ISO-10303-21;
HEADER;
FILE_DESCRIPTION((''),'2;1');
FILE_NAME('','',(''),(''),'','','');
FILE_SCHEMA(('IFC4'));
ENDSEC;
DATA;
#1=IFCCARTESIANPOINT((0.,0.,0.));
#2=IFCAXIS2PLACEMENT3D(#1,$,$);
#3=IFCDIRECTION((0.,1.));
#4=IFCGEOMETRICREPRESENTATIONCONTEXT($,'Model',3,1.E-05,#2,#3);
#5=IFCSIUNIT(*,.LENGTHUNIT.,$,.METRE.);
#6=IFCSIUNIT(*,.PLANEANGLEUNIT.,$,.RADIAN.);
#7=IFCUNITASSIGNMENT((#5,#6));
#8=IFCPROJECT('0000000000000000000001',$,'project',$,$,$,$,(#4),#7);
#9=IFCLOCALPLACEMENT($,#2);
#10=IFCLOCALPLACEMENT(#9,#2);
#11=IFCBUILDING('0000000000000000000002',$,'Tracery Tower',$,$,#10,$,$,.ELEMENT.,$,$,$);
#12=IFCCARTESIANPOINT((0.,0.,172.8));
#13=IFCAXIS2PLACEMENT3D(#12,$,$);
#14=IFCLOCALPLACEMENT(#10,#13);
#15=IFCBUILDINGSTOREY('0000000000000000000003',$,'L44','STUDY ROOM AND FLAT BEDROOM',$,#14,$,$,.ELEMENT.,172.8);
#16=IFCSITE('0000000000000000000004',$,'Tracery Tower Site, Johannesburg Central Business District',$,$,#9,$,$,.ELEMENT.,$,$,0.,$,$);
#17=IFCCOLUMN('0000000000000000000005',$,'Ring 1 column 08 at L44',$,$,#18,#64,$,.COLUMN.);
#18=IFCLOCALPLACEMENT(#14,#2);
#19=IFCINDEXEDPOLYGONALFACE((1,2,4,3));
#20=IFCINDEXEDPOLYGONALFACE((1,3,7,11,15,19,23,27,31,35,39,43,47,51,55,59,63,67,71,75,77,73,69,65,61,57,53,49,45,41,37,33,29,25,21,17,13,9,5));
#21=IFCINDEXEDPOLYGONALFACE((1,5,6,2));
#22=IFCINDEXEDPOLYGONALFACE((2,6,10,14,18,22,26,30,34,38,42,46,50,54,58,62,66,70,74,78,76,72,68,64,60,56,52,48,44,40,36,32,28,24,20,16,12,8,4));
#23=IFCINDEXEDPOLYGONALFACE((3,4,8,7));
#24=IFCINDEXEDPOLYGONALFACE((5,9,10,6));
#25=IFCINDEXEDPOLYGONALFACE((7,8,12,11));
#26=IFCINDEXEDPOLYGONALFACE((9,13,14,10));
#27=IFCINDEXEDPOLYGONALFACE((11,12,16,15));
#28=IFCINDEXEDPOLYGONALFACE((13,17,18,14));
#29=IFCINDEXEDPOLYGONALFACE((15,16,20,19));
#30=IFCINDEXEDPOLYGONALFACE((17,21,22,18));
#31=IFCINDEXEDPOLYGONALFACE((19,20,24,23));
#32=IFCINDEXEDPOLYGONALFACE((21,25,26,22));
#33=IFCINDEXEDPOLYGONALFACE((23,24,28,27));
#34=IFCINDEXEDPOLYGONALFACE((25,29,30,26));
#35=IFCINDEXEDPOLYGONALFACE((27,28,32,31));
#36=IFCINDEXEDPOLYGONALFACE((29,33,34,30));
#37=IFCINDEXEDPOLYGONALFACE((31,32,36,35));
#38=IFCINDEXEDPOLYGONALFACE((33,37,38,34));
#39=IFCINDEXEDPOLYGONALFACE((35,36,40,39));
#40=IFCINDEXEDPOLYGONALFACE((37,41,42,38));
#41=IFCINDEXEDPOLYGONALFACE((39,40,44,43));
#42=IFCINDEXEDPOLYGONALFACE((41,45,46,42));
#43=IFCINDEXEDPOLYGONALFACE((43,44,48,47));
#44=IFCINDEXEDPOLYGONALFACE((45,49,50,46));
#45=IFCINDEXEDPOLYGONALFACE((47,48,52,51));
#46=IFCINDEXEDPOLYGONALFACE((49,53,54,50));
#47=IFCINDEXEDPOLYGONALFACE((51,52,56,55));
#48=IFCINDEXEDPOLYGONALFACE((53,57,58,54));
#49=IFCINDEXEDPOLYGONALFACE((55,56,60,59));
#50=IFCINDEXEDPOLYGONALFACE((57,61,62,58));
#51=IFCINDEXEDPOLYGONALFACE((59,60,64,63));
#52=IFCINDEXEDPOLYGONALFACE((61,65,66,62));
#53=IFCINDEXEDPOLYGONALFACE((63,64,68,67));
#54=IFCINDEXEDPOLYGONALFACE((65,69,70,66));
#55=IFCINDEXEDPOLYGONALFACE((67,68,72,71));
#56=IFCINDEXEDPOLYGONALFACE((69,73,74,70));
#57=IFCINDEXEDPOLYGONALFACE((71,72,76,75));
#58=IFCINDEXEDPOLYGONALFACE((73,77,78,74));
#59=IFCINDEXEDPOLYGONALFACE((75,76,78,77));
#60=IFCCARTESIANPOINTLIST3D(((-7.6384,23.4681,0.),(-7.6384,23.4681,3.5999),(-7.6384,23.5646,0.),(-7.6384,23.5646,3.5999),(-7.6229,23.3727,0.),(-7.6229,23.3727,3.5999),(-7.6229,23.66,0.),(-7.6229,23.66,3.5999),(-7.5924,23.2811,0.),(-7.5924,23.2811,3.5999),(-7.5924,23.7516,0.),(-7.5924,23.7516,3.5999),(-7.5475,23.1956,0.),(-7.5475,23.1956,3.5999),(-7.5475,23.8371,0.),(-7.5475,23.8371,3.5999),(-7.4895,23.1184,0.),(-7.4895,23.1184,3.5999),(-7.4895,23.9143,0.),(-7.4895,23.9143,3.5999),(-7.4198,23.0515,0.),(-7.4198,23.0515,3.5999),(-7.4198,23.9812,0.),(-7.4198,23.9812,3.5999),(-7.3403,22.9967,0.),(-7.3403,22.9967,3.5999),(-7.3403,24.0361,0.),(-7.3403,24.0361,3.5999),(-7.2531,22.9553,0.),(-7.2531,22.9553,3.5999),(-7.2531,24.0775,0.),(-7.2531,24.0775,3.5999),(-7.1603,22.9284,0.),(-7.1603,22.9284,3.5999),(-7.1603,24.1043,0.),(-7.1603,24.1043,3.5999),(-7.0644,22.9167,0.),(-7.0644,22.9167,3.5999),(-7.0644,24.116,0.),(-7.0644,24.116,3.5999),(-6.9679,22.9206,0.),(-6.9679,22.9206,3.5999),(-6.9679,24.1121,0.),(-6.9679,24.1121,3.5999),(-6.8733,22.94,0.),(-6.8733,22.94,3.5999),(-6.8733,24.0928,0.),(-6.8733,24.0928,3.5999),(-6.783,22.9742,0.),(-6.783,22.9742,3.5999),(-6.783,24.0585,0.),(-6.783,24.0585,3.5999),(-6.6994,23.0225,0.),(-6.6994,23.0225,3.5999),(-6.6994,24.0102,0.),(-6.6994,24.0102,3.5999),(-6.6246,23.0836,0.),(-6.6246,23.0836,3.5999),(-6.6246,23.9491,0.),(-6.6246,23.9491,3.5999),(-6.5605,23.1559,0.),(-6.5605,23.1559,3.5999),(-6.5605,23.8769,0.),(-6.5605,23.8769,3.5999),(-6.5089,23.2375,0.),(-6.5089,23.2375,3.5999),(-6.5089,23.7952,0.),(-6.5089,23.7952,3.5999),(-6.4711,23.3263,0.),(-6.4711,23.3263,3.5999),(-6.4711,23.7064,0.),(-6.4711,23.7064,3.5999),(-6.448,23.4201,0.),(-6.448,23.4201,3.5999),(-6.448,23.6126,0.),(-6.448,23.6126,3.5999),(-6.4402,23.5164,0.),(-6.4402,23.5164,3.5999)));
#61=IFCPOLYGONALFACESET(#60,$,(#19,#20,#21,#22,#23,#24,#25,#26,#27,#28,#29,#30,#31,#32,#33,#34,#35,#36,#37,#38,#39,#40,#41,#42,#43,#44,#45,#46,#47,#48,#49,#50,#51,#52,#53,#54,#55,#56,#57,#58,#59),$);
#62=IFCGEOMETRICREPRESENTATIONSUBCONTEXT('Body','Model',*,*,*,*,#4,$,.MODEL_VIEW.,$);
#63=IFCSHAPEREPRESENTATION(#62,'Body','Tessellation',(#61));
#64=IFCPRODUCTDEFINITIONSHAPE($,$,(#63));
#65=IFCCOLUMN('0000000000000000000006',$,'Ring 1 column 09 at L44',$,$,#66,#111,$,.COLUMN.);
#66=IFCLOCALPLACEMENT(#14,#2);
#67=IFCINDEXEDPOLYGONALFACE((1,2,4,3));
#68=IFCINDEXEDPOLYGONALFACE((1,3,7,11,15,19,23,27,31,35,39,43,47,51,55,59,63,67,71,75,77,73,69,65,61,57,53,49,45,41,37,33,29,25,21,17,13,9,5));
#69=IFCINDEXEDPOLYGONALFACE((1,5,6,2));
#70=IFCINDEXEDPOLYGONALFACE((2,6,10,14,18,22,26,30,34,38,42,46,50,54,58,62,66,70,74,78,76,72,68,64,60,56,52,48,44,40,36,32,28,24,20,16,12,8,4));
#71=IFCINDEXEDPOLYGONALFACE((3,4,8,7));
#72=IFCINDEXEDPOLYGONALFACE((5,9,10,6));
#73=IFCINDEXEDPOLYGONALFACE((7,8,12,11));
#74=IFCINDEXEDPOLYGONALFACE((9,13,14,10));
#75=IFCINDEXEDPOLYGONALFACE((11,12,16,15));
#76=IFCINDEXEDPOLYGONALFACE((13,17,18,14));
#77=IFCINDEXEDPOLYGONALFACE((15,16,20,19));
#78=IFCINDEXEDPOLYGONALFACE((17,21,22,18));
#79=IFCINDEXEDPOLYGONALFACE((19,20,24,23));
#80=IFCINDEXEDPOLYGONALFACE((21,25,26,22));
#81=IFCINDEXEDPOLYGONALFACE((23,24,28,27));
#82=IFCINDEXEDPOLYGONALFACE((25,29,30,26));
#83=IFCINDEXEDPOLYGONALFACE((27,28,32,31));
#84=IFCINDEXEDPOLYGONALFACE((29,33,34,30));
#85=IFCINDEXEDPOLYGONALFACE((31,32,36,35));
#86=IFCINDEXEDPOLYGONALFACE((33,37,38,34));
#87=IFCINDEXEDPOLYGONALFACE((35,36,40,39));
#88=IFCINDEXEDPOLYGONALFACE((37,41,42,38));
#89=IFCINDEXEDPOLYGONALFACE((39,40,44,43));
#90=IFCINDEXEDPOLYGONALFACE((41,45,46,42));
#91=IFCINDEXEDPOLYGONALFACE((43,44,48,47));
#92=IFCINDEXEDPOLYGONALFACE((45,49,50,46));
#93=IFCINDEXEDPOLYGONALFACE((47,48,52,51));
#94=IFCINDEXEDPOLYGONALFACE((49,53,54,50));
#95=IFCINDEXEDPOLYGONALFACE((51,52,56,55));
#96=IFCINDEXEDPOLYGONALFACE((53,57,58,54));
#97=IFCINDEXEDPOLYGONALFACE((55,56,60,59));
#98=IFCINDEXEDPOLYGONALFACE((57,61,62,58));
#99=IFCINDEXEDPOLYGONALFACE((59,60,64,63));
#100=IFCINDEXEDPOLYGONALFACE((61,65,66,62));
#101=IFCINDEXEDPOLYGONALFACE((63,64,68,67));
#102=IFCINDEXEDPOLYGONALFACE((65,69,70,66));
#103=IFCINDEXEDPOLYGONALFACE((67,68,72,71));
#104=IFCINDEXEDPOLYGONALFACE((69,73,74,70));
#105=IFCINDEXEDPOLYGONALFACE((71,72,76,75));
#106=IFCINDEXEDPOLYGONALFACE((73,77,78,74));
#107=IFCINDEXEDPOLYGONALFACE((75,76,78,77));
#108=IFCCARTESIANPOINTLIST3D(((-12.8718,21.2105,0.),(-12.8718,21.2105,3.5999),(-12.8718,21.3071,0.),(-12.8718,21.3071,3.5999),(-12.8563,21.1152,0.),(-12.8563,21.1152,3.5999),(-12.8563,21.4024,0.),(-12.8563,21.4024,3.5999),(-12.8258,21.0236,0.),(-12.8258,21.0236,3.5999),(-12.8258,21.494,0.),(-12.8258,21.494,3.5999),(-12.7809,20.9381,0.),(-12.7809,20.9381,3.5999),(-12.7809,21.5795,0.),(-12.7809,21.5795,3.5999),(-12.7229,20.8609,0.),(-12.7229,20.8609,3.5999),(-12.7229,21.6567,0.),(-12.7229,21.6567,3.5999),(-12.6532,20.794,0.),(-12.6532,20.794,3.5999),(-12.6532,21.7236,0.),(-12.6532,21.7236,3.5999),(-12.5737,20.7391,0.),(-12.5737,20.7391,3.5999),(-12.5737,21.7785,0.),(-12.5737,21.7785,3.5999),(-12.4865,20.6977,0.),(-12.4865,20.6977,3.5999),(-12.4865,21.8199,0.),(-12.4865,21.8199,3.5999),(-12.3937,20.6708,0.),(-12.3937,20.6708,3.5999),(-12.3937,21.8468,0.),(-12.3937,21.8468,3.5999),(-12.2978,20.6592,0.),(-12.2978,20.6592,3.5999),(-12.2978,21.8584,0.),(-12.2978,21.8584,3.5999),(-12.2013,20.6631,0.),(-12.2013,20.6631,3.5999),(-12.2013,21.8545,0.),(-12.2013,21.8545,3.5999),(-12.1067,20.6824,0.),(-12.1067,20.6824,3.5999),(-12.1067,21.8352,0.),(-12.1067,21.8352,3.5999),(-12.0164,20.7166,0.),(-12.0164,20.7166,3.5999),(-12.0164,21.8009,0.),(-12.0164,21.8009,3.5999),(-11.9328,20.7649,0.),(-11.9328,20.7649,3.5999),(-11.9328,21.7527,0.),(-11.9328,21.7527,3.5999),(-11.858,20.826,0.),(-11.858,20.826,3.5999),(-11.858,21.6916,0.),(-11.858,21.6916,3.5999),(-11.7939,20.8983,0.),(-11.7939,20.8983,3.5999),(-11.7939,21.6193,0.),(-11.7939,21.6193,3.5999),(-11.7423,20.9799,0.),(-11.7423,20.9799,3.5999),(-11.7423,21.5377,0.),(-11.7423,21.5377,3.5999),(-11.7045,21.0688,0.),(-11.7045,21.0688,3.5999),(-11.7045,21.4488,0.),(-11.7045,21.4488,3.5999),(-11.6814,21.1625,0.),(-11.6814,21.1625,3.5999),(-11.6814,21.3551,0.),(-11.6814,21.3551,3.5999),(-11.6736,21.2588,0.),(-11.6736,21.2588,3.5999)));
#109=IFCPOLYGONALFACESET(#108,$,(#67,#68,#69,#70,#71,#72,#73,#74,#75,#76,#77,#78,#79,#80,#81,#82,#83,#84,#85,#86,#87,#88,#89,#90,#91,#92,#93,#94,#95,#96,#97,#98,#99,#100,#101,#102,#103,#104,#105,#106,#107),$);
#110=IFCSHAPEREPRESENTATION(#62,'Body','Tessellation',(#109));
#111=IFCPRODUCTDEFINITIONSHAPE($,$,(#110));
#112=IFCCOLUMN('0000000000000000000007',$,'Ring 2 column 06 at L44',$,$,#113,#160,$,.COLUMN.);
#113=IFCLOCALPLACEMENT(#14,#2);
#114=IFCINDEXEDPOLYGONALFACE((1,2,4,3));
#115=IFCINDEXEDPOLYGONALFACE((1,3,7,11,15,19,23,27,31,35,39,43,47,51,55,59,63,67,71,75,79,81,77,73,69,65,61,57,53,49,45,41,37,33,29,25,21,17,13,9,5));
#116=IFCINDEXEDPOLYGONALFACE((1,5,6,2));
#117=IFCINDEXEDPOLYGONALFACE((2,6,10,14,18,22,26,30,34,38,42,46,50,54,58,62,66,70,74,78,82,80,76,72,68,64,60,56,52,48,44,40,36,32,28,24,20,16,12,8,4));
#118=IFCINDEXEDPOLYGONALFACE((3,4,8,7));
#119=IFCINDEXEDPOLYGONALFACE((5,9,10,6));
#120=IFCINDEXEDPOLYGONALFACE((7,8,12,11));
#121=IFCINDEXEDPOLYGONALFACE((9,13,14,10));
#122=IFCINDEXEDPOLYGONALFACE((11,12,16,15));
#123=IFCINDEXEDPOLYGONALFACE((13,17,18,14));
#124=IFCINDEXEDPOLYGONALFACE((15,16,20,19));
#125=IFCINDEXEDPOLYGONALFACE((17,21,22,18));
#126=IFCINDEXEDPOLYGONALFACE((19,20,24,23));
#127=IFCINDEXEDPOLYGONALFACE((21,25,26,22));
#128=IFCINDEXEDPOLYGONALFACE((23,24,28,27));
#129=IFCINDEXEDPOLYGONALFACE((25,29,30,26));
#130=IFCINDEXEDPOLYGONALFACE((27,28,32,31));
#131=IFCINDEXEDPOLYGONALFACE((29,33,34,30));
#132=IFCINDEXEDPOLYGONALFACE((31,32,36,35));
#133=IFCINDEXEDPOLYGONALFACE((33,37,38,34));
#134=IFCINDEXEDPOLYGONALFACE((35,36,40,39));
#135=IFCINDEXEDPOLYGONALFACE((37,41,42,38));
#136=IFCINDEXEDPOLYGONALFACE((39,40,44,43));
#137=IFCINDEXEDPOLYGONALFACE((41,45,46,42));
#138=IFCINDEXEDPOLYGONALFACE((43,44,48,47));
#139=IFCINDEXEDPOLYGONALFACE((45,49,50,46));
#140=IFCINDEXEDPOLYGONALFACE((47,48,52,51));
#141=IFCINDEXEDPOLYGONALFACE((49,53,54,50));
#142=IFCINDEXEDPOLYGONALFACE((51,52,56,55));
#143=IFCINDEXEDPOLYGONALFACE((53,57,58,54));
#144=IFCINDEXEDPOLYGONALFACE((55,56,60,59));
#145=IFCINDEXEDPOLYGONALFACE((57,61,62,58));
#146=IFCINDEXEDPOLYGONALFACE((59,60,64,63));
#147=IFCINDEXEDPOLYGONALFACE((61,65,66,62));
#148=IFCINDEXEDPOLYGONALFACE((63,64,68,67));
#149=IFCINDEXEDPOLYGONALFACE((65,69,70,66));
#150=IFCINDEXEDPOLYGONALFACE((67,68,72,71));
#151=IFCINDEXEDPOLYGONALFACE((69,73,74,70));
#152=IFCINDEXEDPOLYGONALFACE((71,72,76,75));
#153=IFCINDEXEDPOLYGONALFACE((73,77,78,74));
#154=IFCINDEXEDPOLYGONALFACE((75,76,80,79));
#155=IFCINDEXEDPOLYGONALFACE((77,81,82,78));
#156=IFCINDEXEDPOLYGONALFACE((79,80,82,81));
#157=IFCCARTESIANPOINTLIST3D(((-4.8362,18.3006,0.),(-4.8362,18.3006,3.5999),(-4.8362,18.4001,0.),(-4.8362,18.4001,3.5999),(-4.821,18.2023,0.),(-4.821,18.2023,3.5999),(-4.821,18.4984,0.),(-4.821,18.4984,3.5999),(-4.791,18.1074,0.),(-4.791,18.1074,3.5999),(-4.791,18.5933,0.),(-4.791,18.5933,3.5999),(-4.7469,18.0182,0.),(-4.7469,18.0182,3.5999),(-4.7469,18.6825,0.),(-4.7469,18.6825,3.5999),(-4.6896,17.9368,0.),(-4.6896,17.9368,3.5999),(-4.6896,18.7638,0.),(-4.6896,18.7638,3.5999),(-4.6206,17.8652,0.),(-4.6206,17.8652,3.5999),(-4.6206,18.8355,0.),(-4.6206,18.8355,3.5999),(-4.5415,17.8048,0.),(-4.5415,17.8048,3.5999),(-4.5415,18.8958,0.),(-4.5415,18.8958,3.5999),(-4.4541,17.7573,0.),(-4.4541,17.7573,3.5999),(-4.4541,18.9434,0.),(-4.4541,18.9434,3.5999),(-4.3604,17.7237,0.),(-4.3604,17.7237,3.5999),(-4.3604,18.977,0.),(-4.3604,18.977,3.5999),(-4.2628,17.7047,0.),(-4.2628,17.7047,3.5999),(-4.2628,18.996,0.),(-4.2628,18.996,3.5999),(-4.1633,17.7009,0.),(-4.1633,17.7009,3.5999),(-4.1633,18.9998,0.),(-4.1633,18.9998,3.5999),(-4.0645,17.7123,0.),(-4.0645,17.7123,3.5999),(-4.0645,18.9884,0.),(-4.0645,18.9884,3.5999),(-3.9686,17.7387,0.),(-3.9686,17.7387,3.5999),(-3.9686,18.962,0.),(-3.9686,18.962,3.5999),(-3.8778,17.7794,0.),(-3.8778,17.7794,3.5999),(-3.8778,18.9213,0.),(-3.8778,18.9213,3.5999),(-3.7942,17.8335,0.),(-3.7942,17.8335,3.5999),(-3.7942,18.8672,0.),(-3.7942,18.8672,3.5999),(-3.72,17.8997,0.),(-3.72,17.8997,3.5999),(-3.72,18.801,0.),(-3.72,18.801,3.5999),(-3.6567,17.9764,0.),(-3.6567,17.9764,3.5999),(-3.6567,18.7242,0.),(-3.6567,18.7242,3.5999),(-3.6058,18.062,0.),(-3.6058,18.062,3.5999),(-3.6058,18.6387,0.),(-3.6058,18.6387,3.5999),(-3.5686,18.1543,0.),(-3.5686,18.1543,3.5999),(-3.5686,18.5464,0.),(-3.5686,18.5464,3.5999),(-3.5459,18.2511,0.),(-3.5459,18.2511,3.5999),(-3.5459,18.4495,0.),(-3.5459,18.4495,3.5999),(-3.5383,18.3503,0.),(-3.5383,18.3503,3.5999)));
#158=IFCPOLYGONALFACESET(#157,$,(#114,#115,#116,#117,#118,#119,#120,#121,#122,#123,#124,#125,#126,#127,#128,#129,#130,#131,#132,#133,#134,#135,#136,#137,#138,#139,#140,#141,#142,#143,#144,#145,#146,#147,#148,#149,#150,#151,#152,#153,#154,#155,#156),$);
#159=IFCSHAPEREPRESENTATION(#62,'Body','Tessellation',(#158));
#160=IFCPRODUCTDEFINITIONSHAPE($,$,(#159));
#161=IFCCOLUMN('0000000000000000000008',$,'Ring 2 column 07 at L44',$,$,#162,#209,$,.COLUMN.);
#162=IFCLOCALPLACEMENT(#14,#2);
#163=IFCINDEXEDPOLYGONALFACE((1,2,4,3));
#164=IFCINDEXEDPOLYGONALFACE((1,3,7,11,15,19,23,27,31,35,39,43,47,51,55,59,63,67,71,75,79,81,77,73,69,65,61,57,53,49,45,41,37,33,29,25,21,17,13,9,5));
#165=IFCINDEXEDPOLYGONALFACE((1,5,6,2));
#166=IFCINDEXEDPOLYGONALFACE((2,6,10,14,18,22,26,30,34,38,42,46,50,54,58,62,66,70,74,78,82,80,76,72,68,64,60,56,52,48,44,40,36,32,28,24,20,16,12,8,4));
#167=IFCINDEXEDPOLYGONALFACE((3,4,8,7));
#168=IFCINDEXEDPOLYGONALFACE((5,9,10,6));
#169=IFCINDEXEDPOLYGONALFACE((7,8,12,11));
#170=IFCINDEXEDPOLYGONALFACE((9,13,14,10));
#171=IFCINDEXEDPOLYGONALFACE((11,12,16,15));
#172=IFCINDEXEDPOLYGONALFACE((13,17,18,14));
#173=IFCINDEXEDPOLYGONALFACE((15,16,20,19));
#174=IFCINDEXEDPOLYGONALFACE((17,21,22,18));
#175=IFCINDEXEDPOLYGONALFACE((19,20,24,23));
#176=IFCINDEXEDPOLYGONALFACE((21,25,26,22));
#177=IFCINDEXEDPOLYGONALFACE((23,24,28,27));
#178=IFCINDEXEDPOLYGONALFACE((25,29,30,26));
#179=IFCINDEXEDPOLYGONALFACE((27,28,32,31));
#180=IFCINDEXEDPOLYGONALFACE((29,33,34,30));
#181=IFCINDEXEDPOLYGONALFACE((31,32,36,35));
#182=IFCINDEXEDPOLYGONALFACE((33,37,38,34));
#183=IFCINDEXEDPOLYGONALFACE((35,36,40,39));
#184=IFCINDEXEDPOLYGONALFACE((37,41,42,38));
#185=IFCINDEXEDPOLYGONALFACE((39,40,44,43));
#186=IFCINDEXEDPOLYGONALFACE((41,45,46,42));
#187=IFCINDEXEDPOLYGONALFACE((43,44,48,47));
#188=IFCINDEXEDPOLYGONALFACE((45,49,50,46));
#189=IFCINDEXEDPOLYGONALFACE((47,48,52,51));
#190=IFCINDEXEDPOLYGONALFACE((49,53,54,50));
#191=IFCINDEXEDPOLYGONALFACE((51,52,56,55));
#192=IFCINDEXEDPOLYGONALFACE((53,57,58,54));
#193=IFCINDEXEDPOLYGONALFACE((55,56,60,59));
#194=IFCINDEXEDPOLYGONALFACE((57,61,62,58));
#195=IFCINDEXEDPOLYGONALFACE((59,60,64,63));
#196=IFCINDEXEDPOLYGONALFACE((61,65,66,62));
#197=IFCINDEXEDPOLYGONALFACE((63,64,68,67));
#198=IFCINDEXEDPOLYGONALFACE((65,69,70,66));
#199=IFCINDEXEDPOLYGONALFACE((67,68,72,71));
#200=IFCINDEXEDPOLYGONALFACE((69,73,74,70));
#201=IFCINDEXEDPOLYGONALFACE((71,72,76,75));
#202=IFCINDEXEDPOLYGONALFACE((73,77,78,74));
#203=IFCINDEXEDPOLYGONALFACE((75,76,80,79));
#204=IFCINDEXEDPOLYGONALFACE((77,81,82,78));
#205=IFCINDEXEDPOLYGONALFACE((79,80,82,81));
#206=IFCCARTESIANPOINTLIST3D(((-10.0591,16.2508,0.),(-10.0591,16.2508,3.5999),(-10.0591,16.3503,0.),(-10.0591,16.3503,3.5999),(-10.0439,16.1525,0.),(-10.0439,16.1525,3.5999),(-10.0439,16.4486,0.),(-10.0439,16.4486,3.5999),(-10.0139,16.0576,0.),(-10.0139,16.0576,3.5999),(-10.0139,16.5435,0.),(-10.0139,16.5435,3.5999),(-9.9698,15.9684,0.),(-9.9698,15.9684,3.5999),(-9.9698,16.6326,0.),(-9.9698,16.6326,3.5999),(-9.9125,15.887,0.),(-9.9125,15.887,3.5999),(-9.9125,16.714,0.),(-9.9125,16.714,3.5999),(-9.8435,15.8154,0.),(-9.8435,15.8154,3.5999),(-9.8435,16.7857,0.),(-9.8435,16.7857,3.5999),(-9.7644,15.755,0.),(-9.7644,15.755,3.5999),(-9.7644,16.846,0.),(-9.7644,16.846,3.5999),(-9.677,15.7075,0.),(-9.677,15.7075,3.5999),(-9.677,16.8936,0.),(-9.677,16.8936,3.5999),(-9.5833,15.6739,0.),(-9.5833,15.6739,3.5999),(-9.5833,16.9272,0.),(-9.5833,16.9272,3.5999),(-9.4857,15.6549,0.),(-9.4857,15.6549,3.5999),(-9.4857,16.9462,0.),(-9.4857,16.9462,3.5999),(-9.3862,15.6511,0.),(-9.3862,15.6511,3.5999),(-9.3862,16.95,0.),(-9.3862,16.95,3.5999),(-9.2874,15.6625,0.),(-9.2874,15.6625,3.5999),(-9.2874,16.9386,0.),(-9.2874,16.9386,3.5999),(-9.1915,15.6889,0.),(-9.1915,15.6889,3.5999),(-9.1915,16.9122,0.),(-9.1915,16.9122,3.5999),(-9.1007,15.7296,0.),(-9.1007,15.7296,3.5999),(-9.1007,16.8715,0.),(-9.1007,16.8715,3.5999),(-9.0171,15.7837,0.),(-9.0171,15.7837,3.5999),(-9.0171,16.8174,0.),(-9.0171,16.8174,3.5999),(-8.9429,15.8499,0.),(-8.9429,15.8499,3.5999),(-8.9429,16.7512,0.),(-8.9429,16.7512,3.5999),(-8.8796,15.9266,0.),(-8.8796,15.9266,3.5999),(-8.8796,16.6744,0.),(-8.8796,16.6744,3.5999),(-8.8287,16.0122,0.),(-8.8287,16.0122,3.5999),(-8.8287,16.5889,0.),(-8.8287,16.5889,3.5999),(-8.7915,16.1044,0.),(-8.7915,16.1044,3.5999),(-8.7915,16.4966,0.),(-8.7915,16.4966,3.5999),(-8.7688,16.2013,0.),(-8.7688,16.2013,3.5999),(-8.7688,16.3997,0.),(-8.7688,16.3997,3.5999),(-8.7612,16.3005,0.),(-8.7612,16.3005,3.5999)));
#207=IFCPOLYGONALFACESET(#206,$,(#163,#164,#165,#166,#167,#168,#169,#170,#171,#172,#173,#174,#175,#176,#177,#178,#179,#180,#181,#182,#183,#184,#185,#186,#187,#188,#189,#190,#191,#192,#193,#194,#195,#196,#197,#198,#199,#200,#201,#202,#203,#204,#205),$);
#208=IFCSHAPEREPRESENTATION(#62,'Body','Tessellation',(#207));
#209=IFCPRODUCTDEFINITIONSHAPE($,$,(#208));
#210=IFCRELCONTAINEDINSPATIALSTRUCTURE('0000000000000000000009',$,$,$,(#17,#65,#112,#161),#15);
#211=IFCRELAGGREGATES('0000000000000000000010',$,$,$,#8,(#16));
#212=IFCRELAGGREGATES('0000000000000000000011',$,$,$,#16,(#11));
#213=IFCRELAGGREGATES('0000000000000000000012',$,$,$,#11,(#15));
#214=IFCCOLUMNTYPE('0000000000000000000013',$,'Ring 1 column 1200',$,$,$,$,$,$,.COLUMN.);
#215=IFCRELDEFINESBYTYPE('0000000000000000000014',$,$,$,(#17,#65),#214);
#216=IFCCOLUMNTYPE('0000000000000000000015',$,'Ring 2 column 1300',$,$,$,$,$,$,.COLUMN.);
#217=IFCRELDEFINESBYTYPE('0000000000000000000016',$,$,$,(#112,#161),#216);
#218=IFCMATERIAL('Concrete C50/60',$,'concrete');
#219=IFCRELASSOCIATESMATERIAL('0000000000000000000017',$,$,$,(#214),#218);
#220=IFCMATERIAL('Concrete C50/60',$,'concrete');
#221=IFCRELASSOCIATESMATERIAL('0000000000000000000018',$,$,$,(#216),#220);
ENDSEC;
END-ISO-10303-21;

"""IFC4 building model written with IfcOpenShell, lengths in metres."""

from ifc_helpers import new_model, si_unit, direction, frame, origin, origin_2d, place, context, subcontext, project, spatial, circle, extrude, material, material_profile, profile_set, type_object, element, save


model = new_model("IFC4")

# Units and contexts
model_context = context("Model", 3, precision=1e-05, world=origin(), true_north=direction((0.0, 1.0)))
body_context = subcontext(model_context, "Body", "Model", "MODEL_VIEW")
ifc_project = project(units=[si_unit("LENGTHUNIT", "METRE"), si_unit("PLANEANGLEUNIT", "RADIAN")], contexts=[model_context])

# Site, building, storey
site_placement = place(None, origin())
site = spatial("IfcSite", under=ifc_project, at=site_placement, Name="Tracery Tower Site, Johannesburg Central Business District", CompositionType="ELEMENT", RefElevation=0.0)
building_placement = place(site_placement, origin())
building = spatial("IfcBuilding", under=site, at=building_placement, Name="Tracery Tower", CompositionType="ELEMENT")
storey_placement = place(building_placement, frame((0.0, 0.0, 172.8)))
storey = spatial("IfcBuildingStorey", under=building, at=storey_placement, Name="L44", Description="STUDY ROOM AND FLAT BEDROOM", CompositionType="ELEMENT", Elevation=172.8)

# Columns
ifc_material_1 = material(Name="Concrete C50/60", Category="concrete")
ifc_material_profile_1 = material_profile(ifc_material_1, circle(Radius=0.6001, at=origin_2d()), Name="RC D1200")
ifc_profile_set_1 = profile_set([ifc_material_profile_1], Name="Concrete C50/60")
column_type_1 = type_object("IfcColumnType", Name="Ring 1 column 1200", PredefinedType="COLUMN", material=ifc_profile_set_1)
for number, where, z_axis, x_axis, name in (
    (1, (-7.0403, 23.5164, 0.0), (0.0, 0.0, 1.0), (1.0, 0.0, 0.0), "Ring 1 column 08 at L44"),
    (2, (-12.2737, 21.2588, 0.0), (0.0, 0.0, 1.0), (1.0, 0.0, 0.0), "Ring 1 column 09 at L44"),
):
    element("IfcColumn", number, at=place(storey_placement, frame(where, z_axis=z_axis, x_axis=x_axis)), inside=storey, type_object=column_type_1, Name=name, PredefinedType="COLUMN", context=body_context, shape_type="SweptSolid", body=[
        extrude(circle(Radius=0.6001, at=origin_2d()), origin(), (0.0, 0.0, 1.0), 3.5999),
    ])
ifc_material_2 = material(Name="Concrete C50/60", Category="concrete")
ifc_material_profile_2 = material_profile(ifc_material_2, circle(Radius=0.6499, at=origin_2d()), Name="RC D1300")
ifc_profile_set_2 = profile_set([ifc_material_profile_2], Name="Concrete C50/60")
column_type_2 = type_object("IfcColumnType", Name="Ring 2 column 1300", PredefinedType="COLUMN", material=ifc_profile_set_2)
for number, where, z_axis, x_axis, name in (
    (3, (-4.1882, 18.3503, 0.0), (0.0, 0.0, 1.0), (1.0, 0.0, 0.0), "Ring 2 column 06 at L44"),
    (4, (-9.4111, 16.3005, 0.0), (0.0, 0.0, 1.0), (1.0, 0.0, 0.0), "Ring 2 column 07 at L44"),
):
    element("IfcColumn", number, at=place(storey_placement, frame(where, z_axis=z_axis, x_axis=x_axis)), inside=storey, type_object=column_type_2, Name=name, PredefinedType="COLUMN", context=body_context, shape_type="SweptSolid", body=[
        extrude(circle(Radius=0.6499, at=origin_2d()), origin(), (0.0, 0.0, 1.0), 3.5999),
    ])

save(model, "model.ifc")
